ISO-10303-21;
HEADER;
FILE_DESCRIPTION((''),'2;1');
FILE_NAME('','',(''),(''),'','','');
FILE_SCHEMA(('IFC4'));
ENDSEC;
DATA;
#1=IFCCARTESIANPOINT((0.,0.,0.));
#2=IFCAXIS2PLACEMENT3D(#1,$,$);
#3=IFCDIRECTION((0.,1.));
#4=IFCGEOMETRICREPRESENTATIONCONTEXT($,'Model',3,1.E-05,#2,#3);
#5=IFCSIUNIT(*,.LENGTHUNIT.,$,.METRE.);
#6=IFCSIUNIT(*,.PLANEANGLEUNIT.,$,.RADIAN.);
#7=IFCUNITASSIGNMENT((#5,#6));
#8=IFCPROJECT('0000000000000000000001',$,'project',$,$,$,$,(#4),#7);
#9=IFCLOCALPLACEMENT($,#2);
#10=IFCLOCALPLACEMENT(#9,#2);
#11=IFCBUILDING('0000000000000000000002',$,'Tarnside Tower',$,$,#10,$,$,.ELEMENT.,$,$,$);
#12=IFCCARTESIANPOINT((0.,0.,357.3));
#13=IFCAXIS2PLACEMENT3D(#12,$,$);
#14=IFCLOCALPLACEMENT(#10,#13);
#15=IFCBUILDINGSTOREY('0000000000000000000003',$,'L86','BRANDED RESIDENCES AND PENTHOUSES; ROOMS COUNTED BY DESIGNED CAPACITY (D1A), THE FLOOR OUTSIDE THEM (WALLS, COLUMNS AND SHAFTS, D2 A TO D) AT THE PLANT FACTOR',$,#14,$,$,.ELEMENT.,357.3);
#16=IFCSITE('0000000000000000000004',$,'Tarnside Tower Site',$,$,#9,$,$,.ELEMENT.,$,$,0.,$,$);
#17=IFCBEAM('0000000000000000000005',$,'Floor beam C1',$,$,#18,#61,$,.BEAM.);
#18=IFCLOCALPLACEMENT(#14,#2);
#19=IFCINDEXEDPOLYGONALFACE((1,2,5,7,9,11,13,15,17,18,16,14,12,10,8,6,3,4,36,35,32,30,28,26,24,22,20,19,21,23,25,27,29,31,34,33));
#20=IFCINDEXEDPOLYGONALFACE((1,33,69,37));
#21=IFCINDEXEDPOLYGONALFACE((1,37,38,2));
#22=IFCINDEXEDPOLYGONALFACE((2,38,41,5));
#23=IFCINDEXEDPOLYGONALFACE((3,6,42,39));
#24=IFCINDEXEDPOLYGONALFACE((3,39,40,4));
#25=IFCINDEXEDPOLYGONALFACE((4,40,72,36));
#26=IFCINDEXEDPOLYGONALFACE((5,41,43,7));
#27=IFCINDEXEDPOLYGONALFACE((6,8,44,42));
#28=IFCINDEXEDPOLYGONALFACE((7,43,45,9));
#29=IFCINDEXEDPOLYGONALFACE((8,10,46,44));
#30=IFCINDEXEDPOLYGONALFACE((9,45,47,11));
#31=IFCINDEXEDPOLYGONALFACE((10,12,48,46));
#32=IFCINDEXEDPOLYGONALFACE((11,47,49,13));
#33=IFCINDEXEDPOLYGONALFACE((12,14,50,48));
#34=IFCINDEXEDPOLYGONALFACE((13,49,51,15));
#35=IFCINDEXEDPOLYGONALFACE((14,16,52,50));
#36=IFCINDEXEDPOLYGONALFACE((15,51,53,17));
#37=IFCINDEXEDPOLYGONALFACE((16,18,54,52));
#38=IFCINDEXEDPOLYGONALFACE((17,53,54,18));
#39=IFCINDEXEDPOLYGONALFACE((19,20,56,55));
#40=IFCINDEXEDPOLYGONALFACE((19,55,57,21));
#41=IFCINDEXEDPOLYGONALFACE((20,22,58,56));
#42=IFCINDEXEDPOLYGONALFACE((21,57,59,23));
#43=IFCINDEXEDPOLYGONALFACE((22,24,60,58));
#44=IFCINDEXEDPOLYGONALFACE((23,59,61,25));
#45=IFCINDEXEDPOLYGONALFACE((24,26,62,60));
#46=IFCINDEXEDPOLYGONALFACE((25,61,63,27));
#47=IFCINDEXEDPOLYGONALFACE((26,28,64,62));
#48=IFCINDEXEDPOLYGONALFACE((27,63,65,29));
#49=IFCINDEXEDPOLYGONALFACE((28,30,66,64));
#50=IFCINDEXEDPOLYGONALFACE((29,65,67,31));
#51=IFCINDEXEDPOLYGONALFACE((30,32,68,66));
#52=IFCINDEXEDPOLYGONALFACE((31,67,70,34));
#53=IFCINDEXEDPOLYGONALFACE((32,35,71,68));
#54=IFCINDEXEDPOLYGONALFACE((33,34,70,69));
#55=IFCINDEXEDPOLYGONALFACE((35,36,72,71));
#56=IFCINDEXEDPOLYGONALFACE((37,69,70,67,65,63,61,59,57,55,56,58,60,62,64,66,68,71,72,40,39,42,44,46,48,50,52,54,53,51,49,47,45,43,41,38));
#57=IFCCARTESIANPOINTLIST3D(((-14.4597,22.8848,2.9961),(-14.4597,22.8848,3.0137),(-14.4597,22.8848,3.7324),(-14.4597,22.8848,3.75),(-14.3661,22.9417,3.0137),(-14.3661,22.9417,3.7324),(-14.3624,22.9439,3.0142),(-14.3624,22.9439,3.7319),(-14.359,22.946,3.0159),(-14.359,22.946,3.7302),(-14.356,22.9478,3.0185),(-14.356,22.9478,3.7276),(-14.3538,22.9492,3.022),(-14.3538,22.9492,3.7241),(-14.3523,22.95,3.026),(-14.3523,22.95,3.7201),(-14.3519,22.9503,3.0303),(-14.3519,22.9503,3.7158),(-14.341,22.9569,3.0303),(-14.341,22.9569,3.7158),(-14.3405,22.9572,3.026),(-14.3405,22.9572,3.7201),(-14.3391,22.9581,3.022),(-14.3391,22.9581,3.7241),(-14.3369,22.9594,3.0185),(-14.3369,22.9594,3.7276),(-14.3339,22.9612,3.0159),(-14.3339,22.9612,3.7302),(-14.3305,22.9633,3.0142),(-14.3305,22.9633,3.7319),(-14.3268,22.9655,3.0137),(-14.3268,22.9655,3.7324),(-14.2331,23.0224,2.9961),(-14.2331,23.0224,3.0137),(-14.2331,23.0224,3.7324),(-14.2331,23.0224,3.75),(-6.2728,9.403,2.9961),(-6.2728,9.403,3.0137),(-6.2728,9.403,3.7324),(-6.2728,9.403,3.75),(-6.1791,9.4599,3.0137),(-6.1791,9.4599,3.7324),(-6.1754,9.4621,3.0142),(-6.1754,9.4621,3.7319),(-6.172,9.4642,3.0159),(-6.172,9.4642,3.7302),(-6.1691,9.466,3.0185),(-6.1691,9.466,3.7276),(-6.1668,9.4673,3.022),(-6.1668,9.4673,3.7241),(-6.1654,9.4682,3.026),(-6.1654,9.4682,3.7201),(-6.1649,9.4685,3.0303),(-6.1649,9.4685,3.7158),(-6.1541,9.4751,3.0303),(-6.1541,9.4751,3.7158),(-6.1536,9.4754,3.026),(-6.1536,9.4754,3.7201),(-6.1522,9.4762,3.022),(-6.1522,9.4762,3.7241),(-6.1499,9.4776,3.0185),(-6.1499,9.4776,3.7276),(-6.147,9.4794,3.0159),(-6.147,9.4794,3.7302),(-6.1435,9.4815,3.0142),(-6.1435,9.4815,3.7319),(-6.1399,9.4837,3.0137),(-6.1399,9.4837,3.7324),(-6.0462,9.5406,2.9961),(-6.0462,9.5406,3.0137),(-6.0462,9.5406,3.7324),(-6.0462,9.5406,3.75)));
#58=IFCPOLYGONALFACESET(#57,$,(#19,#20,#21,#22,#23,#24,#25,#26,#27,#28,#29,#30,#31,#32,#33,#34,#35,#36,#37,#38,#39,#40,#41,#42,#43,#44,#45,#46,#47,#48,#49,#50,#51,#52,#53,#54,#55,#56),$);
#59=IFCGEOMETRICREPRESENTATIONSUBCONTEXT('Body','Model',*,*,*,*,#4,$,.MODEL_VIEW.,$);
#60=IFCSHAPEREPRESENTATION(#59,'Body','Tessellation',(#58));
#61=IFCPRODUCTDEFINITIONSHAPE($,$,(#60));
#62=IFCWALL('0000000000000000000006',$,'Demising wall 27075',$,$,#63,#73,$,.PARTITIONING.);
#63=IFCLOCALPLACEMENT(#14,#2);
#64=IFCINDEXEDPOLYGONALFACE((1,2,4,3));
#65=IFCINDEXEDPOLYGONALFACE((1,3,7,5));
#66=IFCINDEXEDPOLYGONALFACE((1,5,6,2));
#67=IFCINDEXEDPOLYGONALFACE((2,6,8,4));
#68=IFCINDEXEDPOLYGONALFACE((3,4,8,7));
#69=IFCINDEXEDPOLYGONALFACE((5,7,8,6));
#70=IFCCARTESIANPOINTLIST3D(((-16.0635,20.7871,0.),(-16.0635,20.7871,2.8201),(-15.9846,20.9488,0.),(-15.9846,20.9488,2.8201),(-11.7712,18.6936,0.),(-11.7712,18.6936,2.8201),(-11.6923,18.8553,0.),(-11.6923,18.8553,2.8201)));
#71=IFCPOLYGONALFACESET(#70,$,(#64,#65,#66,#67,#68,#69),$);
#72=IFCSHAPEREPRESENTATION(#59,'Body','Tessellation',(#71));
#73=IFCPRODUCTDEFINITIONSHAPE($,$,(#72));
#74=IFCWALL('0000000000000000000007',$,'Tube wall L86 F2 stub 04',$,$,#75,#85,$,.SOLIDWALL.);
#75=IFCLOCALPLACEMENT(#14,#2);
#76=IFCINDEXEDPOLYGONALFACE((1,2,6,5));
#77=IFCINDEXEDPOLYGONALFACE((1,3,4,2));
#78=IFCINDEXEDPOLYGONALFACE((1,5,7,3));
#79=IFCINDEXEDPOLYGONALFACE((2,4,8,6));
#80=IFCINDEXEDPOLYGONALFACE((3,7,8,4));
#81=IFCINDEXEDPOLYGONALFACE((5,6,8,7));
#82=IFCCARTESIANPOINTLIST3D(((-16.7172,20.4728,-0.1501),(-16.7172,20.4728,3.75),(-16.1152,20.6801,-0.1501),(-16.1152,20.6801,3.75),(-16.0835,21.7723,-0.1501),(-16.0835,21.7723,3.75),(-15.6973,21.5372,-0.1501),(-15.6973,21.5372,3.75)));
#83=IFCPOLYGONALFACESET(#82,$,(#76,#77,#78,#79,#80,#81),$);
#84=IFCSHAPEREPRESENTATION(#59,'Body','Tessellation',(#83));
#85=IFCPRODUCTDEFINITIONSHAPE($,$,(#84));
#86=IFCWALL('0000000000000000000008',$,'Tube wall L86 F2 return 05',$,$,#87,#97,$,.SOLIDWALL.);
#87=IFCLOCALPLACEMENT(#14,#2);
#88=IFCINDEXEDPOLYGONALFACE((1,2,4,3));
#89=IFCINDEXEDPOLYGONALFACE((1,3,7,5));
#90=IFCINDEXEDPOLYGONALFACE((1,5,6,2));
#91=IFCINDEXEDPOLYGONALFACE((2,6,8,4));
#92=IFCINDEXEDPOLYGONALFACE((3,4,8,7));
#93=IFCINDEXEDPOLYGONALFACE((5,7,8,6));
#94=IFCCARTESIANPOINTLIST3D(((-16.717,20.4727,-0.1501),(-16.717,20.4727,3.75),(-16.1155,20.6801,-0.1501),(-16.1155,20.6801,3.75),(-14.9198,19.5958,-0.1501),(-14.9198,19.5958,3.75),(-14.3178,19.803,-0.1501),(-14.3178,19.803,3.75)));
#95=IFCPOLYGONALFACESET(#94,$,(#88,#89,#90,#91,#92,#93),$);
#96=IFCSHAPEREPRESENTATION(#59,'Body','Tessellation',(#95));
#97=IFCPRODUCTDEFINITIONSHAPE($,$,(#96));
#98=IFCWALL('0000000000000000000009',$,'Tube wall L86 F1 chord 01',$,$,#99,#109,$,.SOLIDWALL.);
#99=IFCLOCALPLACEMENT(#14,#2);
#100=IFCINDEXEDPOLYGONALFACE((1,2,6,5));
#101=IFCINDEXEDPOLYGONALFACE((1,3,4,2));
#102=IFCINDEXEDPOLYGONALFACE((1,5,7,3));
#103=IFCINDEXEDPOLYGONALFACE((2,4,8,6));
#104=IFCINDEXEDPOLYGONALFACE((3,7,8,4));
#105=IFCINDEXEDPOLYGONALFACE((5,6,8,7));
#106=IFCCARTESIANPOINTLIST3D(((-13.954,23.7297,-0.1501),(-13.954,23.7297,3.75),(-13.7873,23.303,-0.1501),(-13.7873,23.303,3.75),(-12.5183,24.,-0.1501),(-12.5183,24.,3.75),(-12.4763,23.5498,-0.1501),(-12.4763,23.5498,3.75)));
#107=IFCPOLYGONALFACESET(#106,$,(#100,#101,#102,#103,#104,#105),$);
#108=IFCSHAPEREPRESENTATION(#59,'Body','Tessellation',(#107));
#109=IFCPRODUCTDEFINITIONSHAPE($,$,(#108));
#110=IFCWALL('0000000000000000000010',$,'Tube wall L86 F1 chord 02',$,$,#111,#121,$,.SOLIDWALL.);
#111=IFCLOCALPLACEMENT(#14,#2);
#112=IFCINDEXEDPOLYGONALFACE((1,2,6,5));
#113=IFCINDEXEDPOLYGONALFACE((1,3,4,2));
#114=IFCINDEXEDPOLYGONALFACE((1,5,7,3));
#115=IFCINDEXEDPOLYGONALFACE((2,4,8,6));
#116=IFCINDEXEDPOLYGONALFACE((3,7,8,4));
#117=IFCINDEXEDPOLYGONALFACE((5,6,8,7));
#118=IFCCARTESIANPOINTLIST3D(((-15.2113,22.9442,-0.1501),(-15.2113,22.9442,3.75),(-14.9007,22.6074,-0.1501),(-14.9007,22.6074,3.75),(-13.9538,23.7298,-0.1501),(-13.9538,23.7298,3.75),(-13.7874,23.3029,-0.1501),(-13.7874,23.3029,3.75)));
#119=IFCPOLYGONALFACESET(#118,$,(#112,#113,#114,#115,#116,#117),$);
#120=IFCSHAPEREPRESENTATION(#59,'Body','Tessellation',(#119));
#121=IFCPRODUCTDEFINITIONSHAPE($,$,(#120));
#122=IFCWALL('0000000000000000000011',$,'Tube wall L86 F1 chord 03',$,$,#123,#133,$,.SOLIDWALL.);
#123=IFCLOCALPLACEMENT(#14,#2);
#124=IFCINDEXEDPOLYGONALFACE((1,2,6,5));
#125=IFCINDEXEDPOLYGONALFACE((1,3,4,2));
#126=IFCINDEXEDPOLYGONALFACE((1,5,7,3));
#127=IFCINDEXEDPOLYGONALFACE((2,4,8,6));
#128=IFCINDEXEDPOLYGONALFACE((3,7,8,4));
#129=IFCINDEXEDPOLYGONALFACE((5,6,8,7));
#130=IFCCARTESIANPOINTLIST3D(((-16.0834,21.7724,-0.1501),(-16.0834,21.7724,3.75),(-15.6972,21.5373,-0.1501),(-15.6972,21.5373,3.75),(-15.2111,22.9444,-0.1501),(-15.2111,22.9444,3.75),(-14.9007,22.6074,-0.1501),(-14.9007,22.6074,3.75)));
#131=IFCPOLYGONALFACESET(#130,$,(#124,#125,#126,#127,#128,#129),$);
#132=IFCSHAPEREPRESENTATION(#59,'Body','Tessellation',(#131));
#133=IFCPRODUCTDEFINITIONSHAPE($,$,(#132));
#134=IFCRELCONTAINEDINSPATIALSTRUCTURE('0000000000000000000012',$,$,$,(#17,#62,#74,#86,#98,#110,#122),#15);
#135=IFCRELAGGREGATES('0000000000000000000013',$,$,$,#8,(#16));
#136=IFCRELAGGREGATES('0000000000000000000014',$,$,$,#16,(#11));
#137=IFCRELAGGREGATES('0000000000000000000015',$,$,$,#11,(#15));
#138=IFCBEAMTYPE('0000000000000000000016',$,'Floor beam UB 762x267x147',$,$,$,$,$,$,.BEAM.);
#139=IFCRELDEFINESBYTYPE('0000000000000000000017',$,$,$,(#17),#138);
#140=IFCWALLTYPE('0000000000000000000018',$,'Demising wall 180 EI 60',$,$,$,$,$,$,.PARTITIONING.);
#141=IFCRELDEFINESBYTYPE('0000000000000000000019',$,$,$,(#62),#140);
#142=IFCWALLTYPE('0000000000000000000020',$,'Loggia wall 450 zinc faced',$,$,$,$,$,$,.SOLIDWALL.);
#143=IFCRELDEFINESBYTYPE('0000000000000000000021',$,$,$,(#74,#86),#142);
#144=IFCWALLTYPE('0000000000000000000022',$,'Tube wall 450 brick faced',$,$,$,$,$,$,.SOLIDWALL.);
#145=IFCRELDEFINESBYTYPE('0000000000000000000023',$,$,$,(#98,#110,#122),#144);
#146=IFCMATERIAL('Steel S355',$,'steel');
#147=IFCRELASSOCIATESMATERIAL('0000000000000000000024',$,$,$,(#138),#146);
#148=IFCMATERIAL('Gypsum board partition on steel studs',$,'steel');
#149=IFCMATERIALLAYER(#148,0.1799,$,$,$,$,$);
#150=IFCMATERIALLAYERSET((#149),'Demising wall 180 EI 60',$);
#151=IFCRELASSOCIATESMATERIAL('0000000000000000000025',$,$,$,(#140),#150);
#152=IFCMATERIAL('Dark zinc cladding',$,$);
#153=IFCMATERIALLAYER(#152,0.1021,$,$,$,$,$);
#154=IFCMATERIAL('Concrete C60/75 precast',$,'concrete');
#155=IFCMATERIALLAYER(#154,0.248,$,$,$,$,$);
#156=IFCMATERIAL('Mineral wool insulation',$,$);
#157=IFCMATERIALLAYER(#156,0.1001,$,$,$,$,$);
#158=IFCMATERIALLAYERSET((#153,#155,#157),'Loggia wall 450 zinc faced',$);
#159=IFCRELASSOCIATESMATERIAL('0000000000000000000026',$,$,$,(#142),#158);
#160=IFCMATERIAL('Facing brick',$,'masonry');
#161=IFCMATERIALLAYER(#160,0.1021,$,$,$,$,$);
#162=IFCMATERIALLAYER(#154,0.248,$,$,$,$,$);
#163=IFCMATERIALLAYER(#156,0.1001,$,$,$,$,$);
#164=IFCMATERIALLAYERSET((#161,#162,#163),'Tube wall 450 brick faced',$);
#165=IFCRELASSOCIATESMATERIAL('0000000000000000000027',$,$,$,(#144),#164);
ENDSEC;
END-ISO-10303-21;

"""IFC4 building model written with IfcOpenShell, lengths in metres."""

from ifc_helpers import new_model, si_unit, direction, frame, frame_2d, origin, origin_2d, place, context, subcontext, project, spatial, polyline, rectangle, i_section, outline, extrude, material, layer, layer_set, material_profile, profile_set, type_object, element, save


model = new_model("IFC4")

# Units and contexts
model_context = context("Model", 3, precision=1e-05, world=origin(), true_north=direction((0.0, 1.0)))
body_context = subcontext(model_context, "Body", "Model", "MODEL_VIEW")
ifc_project = project(units=[si_unit("LENGTHUNIT", "METRE"), si_unit("PLANEANGLEUNIT", "RADIAN")], contexts=[model_context])

# Site, building, storey
site_placement = place(None, origin())
site = spatial("IfcSite", under=ifc_project, at=site_placement, Name="Tarnside Tower Site", CompositionType="ELEMENT", RefElevation=0.0)
building_placement = place(site_placement, origin())
building = spatial("IfcBuilding", under=site, at=building_placement, Name="Tarnside Tower", CompositionType="ELEMENT")
storey_placement = place(building_placement, frame((0.0, 0.0, 357.3)))
storey = spatial("IfcBuildingStorey", under=building, at=storey_placement, Name="L86", Description="BRANDED RESIDENCES AND PENTHOUSES; ROOMS COUNTED BY DESIGNED CAPACITY (D1A), THE FLOOR OUTSIDE THEM (WALLS, COLUMNS AND SHAFTS, D2 A TO D) AT THE PLANT FACTOR", CompositionType="ELEMENT", Elevation=357.3)

# Beam
ifc_material_1 = material(Name="Steel S355", Category="steel")
ifc_material_profile = material_profile(ifc_material_1, i_section(OverallWidth=0.2651, OverallDepth=0.7539, WebThickness=0.0127, FlangeThickness=0.0176, FilletRadius=0.0166, at=origin_2d()), Name="UB 762x267x147")
ifc_profile_set = profile_set([ifc_material_profile], Name="Steel S355")
beam_type = type_object("IfcBeamType", Name="Floor beam UB 762x267x147", PredefinedType="BEAM", material=ifc_profile_set)
beam_placement = place(storey_placement, frame((-14.3464, 22.9536, 3.373), z_axis=(0.51905, -0.854744, 0.0), x_axis=(0.854744, 0.51905, 0.0)))
element("IfcBeam", 1, at=beam_placement, inside=storey, type_object=beam_type, Name="Floor beam C1", PredefinedType="BEAM", context=body_context, shape_type="SweptSolid", body=[
    extrude(i_section(OverallWidth=0.2651, OverallDepth=0.7539, WebThickness=0.0127, FlangeThickness=0.0176, FilletRadius=0.0166, at=origin_2d()), origin(), (0.0, 0.0, 1.0), 15.7729),
])

# Walls
ifc_material_2 = material(Name="Gypsum board partition on steel studs", Category="steel")
ifc_layer_1 = layer(ifc_material_2, 0.1799)
ifc_layer_set_1 = layer_set([ifc_layer_1], Name="Demising wall 180 EI 60")
wall_type_1 = type_object("IfcWallType", Name="Demising wall 180 EI 60", PredefinedType="PARTITIONING", material=ifc_layer_set_1)
wall_1_placement = place(storey_placement, frame((-16.0239, 20.8679, 0.0), z_axis=(0.0, 0.0, 1.0), x_axis=(0.898791, -0.438378, 0.0)))
element("IfcWall", 2, at=wall_1_placement, inside=storey, type_object=wall_type_1, Name="Demising wall 27075", PredefinedType="PARTITIONING", context=body_context, shape_type="SweptSolid", body=[
    extrude(rectangle(XDim=4.7756, YDim=0.1799, at=frame_2d((2.3877, 0.0))), origin(), (0.0, 0.0, 1.0), 2.8201),
])
ifc_material_3 = material(Name="Dark zinc cladding")
ifc_layer_2 = layer(ifc_material_3, 0.1021)
ifc_material_4 = material(Name="Concrete C60/75 precast", Category="concrete")
ifc_layer_3 = layer(ifc_material_4, 0.248)
ifc_material_5 = material(Name="Mineral wool insulation")
ifc_layer_4 = layer(ifc_material_5, 0.1001)
ifc_layer_set_2 = layer_set([ifc_layer_2, ifc_layer_3, ifc_layer_4], Name="Loggia wall 450 zinc faced")
wall_type_2 = type_object("IfcWallType", Name="Loggia wall 450 zinc faced", PredefinedType="SOLIDWALL", material=ifc_layer_set_2)
wall_2_placement = place(storey_placement, frame((-15.8904, 21.6548, -0.1501), z_axis=(0.0, 0.0, 1.0), x_axis=(-0.438319, -0.898819, 0.0)))
element("IfcWall", 3, at=wall_2_placement, inside=storey, type_object=wall_type_2, Name="Tube wall L86 F2 stub 04", PredefinedType="SOLIDWALL", context=body_context, shape_type="SweptSolid", body=[
    extrude(outline(polyline([(-0.021, -0.2251), (1.4248, -0.2251), (0.9746, 0.2251), (0.021, 0.2251), (-0.021, -0.2251)])), origin(), (0.0, 0.0, 1.0), 3.9001),
])
wall_3_placement = place(storey_placement, frame((-16.4163, 20.5764, -0.1501), z_axis=(0.0, 0.0, 1.0), x_axis=(0.898731, -0.438501, 0.0)))
element("IfcWall", 4, at=wall_3_placement, inside=storey, type_object=wall_type_2, Name="Tube wall L86 F2 return 05", PredefinedType="SOLIDWALL", context=body_context, shape_type="SweptSolid", body=[
    extrude(outline(polyline([(-0.2249, -0.2251), (1.7749, -0.2251), (2.2251, 0.2251), (0.2249, 0.2251), (-0.2249, -0.2251)])), origin(), (0.0, 0.0, 1.0), 3.9001),
])

# Walls
ifc_material_6 = material(Name="Facing brick", Category="masonry")
ifc_layer_5 = layer(ifc_material_6, 0.1021)
ifc_layer_6 = layer(ifc_material_4, 0.248)
ifc_layer_7 = layer(ifc_material_5, 0.1001)
ifc_layer_set_3 = layer_set([ifc_layer_5, ifc_layer_6, ifc_layer_7], Name="Tube wall 450 brick faced")
wall_type_3 = type_object("IfcWallType", Name="Tube wall 450 brick faced", PredefinedType="SOLIDWALL", material=ifc_layer_set_3)
wall_4_placement = place(storey_placement, frame((-12.4973, 23.7749, -0.1501), z_axis=(0.0, 0.0, 1.0), x_axis=(-0.982735, -0.185016, 0.0)))
element("IfcWall", 5, at=wall_4_placement, inside=storey, type_object=wall_type_3, Name="Tube wall L86 F1 chord 01", PredefinedType="SOLIDWALL", context=body_context, shape_type="SweptSolid", body=[
    extrude(outline(polyline([(-0.021, -0.2251), (1.4399, -0.2251), (1.355, 0.2251), (0.021, 0.2251), (-0.021, -0.2251)])), origin(), (0.0, 0.0, 1.0), 3.9001),
])
wall_5_placement = place(storey_placement, frame((-13.8706, 23.5164, -0.1501), z_axis=(0.0, 0.0, 1.0), x_axis=(-0.848106, -0.529826, 0.0)))
element("IfcWall", 6, at=wall_5_placement, inside=storey, type_object=wall_type_3, Name="Tube wall L86 F1 chord 02", PredefinedType="SOLIDWALL", context=body_context, shape_type="SweptSolid", body=[
    extrude(outline(polyline([(-0.0425, -0.2251), (1.4402, -0.2251), (1.3552, 0.2251), (0.0425, 0.2251), (-0.0425, -0.2251)])), origin(), (0.0, 0.0, 1.0), 3.9001),
])
wall_6_placement = place(storey_placement, frame((-15.0559, 22.7759, -0.1501), z_axis=(0.0, 0.0, 1.0), x_axis=(-0.597089, -0.802175, 0.0)))
element("IfcWall", 7, at=wall_6_placement, inside=storey, type_object=wall_type_3, Name="Tube wall L86 F1 chord 03", PredefinedType="SOLIDWALL", context=body_context, shape_type="SweptSolid", body=[
    extrude(outline(polyline([(-0.0425, -0.2251), (1.4185, -0.2251), (1.3765, 0.2251), (0.0425, 0.2251), (-0.0425, -0.2251)])), origin(), (0.0, 0.0, 1.0), 3.9001),
])

save(model, "model.ifc")
